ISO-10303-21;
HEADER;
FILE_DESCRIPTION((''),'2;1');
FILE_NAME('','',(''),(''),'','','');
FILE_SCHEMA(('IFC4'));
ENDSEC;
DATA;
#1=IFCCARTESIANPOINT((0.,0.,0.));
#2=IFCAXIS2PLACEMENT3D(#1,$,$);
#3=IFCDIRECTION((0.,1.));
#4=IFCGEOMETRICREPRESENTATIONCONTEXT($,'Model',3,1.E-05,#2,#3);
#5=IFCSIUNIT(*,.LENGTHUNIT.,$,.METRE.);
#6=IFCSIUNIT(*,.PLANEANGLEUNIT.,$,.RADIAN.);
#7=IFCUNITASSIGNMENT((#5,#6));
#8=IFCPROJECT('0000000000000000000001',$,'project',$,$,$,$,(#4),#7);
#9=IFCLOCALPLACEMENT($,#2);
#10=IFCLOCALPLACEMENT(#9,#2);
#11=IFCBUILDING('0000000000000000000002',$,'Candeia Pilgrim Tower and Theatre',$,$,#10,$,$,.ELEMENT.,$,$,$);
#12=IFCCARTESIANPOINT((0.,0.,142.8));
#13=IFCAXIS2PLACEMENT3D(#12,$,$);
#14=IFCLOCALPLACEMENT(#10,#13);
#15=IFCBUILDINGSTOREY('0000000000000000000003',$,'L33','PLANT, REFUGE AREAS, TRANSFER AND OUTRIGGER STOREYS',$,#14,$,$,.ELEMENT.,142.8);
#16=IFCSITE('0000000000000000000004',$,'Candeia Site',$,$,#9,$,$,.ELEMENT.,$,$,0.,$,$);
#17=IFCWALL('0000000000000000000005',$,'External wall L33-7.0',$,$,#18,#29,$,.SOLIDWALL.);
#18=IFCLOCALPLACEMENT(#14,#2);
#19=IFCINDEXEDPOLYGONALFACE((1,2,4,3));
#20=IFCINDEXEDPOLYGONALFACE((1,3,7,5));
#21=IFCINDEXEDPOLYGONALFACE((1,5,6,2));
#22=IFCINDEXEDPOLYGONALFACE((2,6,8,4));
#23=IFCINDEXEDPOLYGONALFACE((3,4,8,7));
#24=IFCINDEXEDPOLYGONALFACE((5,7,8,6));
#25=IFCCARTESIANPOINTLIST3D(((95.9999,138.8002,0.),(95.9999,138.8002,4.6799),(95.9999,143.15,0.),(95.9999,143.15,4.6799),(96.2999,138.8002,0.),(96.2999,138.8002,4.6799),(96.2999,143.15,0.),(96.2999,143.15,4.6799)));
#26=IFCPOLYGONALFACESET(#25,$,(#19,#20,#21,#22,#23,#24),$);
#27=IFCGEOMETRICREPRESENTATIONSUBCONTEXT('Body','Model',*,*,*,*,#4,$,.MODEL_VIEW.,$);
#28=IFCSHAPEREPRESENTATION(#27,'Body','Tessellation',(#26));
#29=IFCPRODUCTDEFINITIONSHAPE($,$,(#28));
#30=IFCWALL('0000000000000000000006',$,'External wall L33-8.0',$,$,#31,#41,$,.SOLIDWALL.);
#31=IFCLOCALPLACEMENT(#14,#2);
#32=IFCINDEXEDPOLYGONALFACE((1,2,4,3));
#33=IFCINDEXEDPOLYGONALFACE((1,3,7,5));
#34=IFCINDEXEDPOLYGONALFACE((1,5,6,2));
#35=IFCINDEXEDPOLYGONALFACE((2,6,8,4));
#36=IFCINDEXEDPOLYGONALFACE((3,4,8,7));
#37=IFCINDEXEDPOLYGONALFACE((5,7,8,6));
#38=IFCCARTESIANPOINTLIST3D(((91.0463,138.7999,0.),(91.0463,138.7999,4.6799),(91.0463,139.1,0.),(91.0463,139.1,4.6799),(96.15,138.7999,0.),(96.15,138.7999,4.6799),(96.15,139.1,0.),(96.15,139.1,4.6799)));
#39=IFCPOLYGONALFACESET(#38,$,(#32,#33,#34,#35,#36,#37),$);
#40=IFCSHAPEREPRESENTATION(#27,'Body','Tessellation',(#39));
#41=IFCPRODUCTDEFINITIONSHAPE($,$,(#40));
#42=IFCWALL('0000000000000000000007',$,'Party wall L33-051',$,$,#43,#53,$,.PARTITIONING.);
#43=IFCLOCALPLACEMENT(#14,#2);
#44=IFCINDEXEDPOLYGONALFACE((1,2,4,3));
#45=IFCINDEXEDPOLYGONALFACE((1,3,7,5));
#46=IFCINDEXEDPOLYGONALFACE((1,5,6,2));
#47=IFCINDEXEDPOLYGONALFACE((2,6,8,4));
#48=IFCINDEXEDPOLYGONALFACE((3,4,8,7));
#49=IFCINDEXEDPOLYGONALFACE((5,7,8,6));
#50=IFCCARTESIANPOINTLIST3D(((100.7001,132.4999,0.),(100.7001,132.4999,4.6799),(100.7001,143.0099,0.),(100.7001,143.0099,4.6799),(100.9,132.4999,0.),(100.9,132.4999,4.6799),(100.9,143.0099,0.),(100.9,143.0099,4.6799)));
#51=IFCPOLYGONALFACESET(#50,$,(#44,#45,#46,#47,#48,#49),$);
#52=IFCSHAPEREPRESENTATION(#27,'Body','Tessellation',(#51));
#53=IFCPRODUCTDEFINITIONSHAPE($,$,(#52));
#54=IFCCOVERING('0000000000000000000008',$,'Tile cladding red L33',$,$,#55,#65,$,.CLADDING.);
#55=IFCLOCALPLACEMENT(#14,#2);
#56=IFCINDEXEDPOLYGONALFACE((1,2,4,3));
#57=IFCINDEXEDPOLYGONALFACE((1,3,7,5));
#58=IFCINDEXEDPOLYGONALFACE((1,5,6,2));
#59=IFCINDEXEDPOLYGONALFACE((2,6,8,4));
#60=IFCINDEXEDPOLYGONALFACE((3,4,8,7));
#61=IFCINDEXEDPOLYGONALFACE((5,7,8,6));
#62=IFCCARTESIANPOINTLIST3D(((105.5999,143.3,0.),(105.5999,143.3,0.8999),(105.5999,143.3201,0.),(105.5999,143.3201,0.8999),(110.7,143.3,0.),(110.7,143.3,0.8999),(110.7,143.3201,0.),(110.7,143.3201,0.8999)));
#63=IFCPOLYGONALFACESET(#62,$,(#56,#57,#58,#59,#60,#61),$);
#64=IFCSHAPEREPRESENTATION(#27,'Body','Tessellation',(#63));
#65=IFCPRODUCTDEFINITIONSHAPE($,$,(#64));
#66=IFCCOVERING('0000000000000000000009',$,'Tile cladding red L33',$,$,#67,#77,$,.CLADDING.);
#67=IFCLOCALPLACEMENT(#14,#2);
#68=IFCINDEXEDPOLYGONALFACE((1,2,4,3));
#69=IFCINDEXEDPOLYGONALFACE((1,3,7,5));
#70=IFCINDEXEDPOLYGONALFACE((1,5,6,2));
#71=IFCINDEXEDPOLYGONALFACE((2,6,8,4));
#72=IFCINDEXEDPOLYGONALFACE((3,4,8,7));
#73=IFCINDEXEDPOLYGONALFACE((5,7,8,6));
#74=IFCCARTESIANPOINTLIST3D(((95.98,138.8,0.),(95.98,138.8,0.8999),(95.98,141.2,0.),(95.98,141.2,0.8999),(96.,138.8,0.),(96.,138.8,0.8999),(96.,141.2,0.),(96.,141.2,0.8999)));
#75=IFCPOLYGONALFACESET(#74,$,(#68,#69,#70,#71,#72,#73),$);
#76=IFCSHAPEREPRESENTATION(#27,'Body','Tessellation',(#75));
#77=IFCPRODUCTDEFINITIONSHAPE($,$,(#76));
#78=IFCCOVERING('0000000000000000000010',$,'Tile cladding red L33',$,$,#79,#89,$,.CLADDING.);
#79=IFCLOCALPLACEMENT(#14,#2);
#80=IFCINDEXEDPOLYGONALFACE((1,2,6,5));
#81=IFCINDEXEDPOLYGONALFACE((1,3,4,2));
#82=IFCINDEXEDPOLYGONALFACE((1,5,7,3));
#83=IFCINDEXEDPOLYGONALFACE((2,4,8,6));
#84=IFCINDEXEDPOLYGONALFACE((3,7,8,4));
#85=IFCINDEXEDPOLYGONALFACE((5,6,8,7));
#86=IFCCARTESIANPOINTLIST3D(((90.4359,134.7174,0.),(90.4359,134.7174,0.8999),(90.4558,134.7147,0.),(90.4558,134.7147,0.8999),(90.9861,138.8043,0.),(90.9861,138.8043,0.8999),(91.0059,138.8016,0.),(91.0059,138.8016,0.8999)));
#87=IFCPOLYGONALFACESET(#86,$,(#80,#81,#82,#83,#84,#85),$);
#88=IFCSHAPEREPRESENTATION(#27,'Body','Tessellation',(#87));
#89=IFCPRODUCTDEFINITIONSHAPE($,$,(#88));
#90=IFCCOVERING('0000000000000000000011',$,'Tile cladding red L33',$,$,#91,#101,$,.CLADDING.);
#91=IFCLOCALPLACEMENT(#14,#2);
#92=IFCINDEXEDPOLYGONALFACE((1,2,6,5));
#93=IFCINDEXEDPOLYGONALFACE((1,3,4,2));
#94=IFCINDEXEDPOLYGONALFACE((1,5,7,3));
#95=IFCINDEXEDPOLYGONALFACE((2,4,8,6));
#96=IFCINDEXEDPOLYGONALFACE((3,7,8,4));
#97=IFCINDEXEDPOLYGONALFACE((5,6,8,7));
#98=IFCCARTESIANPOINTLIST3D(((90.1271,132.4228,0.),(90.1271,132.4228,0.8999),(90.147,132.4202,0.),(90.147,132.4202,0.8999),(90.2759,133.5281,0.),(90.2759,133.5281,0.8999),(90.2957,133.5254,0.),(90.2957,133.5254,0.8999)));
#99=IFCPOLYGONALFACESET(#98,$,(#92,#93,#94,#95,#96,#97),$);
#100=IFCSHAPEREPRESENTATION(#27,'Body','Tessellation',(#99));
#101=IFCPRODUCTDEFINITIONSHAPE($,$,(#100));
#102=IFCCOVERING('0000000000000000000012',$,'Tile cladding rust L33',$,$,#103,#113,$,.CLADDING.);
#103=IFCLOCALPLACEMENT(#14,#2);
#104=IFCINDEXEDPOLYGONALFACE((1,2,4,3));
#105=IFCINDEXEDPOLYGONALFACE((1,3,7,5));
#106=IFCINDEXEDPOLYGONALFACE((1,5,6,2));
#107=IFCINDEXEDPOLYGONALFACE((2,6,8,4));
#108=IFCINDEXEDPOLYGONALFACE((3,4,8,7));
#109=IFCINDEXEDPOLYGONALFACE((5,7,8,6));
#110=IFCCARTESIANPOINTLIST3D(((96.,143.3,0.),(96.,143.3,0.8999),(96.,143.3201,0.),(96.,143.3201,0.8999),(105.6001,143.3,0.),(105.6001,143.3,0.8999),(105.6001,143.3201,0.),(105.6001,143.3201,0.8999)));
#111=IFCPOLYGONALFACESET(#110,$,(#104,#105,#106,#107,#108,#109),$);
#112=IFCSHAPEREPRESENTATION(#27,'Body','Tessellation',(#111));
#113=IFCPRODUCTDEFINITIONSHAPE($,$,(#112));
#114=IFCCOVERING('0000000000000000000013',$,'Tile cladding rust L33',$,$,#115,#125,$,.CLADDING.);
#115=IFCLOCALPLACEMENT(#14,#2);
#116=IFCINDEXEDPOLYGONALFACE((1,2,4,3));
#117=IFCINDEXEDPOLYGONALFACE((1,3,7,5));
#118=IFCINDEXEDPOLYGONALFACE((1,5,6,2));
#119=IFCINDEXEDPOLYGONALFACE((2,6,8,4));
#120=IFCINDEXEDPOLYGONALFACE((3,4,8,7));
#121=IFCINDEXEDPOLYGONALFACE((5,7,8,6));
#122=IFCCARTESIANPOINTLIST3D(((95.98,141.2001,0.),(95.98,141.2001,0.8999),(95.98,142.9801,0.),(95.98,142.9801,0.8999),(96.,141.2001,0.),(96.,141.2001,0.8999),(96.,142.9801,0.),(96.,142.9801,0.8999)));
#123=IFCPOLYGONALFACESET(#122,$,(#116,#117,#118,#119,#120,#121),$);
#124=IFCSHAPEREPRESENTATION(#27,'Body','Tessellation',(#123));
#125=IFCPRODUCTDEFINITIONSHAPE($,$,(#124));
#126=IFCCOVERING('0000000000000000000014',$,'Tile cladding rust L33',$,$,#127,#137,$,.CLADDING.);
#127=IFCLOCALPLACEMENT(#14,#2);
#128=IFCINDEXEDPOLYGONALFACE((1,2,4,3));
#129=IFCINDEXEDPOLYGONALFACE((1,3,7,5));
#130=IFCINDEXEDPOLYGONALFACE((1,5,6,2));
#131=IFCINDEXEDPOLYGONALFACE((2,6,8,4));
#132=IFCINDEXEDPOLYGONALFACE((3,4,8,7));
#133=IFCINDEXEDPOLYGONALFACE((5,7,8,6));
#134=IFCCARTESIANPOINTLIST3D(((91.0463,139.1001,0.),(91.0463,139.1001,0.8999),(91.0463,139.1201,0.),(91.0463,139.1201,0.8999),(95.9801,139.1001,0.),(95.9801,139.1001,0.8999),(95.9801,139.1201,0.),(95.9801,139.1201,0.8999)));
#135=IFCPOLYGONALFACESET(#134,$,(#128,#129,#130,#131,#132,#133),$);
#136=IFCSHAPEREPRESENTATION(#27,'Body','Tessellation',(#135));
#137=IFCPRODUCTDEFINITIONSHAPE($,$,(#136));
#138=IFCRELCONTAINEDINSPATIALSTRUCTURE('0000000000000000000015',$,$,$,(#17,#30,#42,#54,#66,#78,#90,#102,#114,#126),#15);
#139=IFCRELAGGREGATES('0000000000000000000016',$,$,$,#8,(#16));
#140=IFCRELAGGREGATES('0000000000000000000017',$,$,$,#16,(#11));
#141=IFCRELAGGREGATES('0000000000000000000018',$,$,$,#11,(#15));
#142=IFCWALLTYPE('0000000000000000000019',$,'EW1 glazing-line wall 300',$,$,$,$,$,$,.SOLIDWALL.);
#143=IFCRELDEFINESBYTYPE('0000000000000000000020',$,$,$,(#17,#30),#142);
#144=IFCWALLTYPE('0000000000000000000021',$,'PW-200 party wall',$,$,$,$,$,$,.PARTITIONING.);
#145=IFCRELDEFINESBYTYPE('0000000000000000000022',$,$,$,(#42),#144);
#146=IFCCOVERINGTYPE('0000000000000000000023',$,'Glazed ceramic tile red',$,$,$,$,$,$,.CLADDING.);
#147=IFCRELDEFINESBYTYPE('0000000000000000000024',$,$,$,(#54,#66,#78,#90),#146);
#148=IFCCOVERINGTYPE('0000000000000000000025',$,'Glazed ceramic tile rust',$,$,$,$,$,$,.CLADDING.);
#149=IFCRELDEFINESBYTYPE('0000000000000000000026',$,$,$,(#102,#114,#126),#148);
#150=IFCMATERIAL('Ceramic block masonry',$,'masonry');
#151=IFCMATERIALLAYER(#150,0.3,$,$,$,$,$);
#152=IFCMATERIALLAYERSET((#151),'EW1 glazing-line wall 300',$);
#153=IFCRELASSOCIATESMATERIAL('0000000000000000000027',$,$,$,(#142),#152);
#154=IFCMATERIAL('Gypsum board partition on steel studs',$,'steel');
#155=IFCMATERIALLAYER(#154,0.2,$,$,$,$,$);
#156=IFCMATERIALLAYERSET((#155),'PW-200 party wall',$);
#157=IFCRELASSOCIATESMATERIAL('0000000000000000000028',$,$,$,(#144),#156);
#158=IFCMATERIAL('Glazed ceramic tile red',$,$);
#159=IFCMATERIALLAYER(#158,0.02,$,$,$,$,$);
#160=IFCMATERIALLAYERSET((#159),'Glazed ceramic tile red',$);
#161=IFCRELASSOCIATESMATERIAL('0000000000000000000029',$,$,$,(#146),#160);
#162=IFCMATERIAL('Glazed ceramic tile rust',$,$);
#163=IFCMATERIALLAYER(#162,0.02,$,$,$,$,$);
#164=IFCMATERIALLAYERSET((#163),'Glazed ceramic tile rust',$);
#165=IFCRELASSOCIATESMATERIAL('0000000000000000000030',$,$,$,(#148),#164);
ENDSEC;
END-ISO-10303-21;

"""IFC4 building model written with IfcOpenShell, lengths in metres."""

from ifc_helpers import new_model, si_unit, direction, frame, frame_2d, origin, origin_2d, place, context, subcontext, project, spatial, rectangle, extrude, material, layer, layer_set, type_object, element, save


model = new_model("IFC4")

# Units and contexts
model_context = context("Model", 3, precision=1e-05, world=origin(), true_north=direction((0.0, 1.0)))
body_context = subcontext(model_context, "Body", "Model", "MODEL_VIEW")
ifc_project = project(units=[si_unit("LENGTHUNIT", "METRE"), si_unit("PLANEANGLEUNIT", "RADIAN")], contexts=[model_context])

# Site, building, storey
site_placement = place(None, origin())
site = spatial("IfcSite", under=ifc_project, at=site_placement, Name="Candeia Site", CompositionType="ELEMENT", RefElevation=0.0)
building_placement = place(site_placement, origin())
building = spatial("IfcBuilding", under=site, at=building_placement, Name="Candeia Pilgrim Tower and Theatre", CompositionType="ELEMENT")
storey_placement = place(building_placement, frame((0.0, 0.0, 142.8)))
storey = spatial("IfcBuildingStorey", under=building, at=storey_placement, Name="L33", Description="PLANT, REFUGE AREAS, TRANSFER AND OUTRIGGER STOREYS", CompositionType="ELEMENT", Elevation=142.8)

# Walls
ifc_material_1 = material(Name="Ceramic block masonry", Category="masonry")
ifc_layer_1 = layer(ifc_material_1, 0.3)
ifc_layer_set_1 = layer_set([ifc_layer_1], Name="EW1 glazing-line wall 300")
wall_type_1 = type_object("IfcWallType", Name="EW1 glazing-line wall 300", PredefinedType="SOLIDWALL", material=ifc_layer_set_1)
wall_1_placement = place(storey_placement, frame((96.1499, 143.1499, 0.0), z_axis=(0.0, 0.0, 1.0), x_axis=(0.0, -1.0, 0.0)))
element("IfcWall", 1, at=wall_1_placement, inside=storey, type_object=wall_type_1, Name="External wall L33-7.0", PredefinedType="SOLIDWALL", context=body_context, shape_type="SweptSolid", body=[
    extrude(rectangle(XDim=4.3499, YDim=0.3, at=frame_2d((2.1748, 0.0))), origin(), (0.0, 0.0, 1.0), 4.6799),
])
wall_2_placement = place(storey_placement, frame((96.1499, 138.95, 0.0), z_axis=(0.0, 0.0, 1.0), x_axis=(-1.0, 0.0, 0.0)))
element("IfcWall", 2, at=wall_2_placement, inside=storey, type_object=wall_type_1, Name="External wall L33-8.0", PredefinedType="SOLIDWALL", context=body_context, shape_type="SweptSolid", body=[
    extrude(rectangle(XDim=5.1038, YDim=0.3, at=frame_2d((2.5518, 0.0))), origin(), (0.0, 0.0, 1.0), 4.6799),
])

# Wall
ifc_material_2 = material(Name="Gypsum board partition on steel studs", Category="steel")
ifc_layer_2 = layer(ifc_material_2, 0.2)
ifc_layer_set_2 = layer_set([ifc_layer_2], Name="PW-200 party wall")
wall_type_2 = type_object("IfcWallType", Name="PW-200 party wall", PredefinedType="PARTITIONING", material=ifc_layer_set_2)
wall_3_placement = place(storey_placement, frame((100.8, 132.5, 0.0), z_axis=(0.0, 0.0, 1.0), x_axis=(0.0, 1.0, 0.0)))
element("IfcWall", 3, at=wall_3_placement, inside=storey, type_object=wall_type_2, Name="Party wall L33-051", PredefinedType="PARTITIONING", context=body_context, shape_type="SweptSolid", body=[
    extrude(rectangle(XDim=10.51, YDim=0.2, at=frame_2d((5.2549, 0.0))), origin(), (0.0, 0.0, 1.0), 4.6799),
])

# Coverings
ifc_material_3 = material(Name="Glazed ceramic tile red")
ifc_layer_3 = layer(ifc_material_3, 0.02)
ifc_layer_set_3 = layer_set([ifc_layer_3], Name="Glazed ceramic tile red")
covering_type_1 = type_object("IfcCoveringType", Name="Glazed ceramic tile red", PredefinedType="CLADDING", material=ifc_layer_set_3)
covering_1_placement = place(storey_placement, frame((108.1499, 143.3101, 0.0), z_axis=(0.0, 0.0, 1.0), x_axis=(-1.0, 0.0, 0.0)))
element("IfcCovering", 4, at=covering_1_placement, inside=storey, type_object=covering_type_1, Name="Tile cladding red L33", PredefinedType="CLADDING", context=body_context, shape_type="SweptSolid", body=[
    extrude(rectangle(XDim=5.1001, YDim=0.02, at=origin_2d()), origin(), (0.0, 0.0, 1.0), 0.8999),
])
covering_2_placement = place(storey_placement, frame((95.99, 140.0, 0.0), z_axis=(0.0, 0.0, 1.0), x_axis=(0.0, -1.0, 0.0)))
element("IfcCovering", 5, at=covering_2_placement, inside=storey, type_object=covering_type_1, Name="Tile cladding red L33", PredefinedType="CLADDING", context=body_context, shape_type="SweptSolid", body=[
    extrude(rectangle(XDim=2.3999, YDim=0.02, at=origin_2d()), origin(), (0.0, 0.0, 1.0), 0.8999),
])
covering_3_placement = place(storey_placement, frame((90.7209, 136.7595, 0.0), z_axis=(0.0, 0.0, 1.0), x_axis=(-0.133412, -0.991061, 0.0)))
element("IfcCovering", 6, at=covering_3_placement, inside=storey, type_object=covering_type_1, Name="Tile cladding red L33", PredefinedType="CLADDING", context=body_context, shape_type="SweptSolid", body=[
    extrude(rectangle(XDim=4.1238, YDim=0.02, at=origin_2d()), origin(), (0.0, 0.0, 1.0), 0.8999),
])
covering_4_placement = place(storey_placement, frame((90.2114, 132.9741, 0.0), z_axis=(0.0, 0.0, 1.0), x_axis=(-0.133412, -0.991061, 0.0)))
element("IfcCovering", 7, at=covering_4_placement, inside=storey, type_object=covering_type_1, Name="Tile cladding red L33", PredefinedType="CLADDING", context=body_context, shape_type="SweptSolid", body=[
    extrude(rectangle(XDim=1.1152, YDim=0.02, at=origin_2d()), origin(), (0.0, 0.0, 1.0), 0.8999),
])
ifc_material_4 = material(Name="Glazed ceramic tile rust")
ifc_layer_4 = layer(ifc_material_4, 0.02)
ifc_layer_set_4 = layer_set([ifc_layer_4], Name="Glazed ceramic tile rust")
covering_type_2 = type_object("IfcCoveringType", Name="Glazed ceramic tile rust", PredefinedType="CLADDING", material=ifc_layer_set_4)
covering_5_placement = place(storey_placement, frame((100.8, 143.3101, 0.0), z_axis=(0.0, 0.0, 1.0), x_axis=(-1.0, 0.0, 0.0)))
element("IfcCovering", 8, at=covering_5_placement, inside=storey, type_object=covering_type_2, Name="Tile cladding rust L33", PredefinedType="CLADDING", context=body_context, shape_type="SweptSolid", body=[
    extrude(rectangle(XDim=9.6001, YDim=0.02, at=origin_2d()), origin(), (0.0, 0.0, 1.0), 0.8999),
])
covering_6_placement = place(storey_placement, frame((95.99, 142.0901, 0.0), z_axis=(0.0, 0.0, 1.0), x_axis=(0.0, -1.0, 0.0)))
element("IfcCovering", 9, at=covering_6_placement, inside=storey, type_object=covering_type_2, Name="Tile cladding rust L33", PredefinedType="CLADDING", context=body_context, shape_type="SweptSolid", body=[
    extrude(rectangle(XDim=1.78, YDim=0.02, at=origin_2d()), origin(), (0.0, 0.0, 1.0), 0.8999),
])
covering_7_placement = place(storey_placement, frame((93.5132, 139.1101, 0.0), z_axis=(0.0, 0.0, 1.0), x_axis=(-1.0, 0.0, 0.0)))
element("IfcCovering", 10, at=covering_7_placement, inside=storey, type_object=covering_type_2, Name="Tile cladding rust L33", PredefinedType="CLADDING", context=body_context, shape_type="SweptSolid", body=[
    extrude(rectangle(XDim=4.9338, YDim=0.02, at=origin_2d()), origin(), (0.0, 0.0, 1.0), 0.8999),
])

save(model, "model.ifc")
